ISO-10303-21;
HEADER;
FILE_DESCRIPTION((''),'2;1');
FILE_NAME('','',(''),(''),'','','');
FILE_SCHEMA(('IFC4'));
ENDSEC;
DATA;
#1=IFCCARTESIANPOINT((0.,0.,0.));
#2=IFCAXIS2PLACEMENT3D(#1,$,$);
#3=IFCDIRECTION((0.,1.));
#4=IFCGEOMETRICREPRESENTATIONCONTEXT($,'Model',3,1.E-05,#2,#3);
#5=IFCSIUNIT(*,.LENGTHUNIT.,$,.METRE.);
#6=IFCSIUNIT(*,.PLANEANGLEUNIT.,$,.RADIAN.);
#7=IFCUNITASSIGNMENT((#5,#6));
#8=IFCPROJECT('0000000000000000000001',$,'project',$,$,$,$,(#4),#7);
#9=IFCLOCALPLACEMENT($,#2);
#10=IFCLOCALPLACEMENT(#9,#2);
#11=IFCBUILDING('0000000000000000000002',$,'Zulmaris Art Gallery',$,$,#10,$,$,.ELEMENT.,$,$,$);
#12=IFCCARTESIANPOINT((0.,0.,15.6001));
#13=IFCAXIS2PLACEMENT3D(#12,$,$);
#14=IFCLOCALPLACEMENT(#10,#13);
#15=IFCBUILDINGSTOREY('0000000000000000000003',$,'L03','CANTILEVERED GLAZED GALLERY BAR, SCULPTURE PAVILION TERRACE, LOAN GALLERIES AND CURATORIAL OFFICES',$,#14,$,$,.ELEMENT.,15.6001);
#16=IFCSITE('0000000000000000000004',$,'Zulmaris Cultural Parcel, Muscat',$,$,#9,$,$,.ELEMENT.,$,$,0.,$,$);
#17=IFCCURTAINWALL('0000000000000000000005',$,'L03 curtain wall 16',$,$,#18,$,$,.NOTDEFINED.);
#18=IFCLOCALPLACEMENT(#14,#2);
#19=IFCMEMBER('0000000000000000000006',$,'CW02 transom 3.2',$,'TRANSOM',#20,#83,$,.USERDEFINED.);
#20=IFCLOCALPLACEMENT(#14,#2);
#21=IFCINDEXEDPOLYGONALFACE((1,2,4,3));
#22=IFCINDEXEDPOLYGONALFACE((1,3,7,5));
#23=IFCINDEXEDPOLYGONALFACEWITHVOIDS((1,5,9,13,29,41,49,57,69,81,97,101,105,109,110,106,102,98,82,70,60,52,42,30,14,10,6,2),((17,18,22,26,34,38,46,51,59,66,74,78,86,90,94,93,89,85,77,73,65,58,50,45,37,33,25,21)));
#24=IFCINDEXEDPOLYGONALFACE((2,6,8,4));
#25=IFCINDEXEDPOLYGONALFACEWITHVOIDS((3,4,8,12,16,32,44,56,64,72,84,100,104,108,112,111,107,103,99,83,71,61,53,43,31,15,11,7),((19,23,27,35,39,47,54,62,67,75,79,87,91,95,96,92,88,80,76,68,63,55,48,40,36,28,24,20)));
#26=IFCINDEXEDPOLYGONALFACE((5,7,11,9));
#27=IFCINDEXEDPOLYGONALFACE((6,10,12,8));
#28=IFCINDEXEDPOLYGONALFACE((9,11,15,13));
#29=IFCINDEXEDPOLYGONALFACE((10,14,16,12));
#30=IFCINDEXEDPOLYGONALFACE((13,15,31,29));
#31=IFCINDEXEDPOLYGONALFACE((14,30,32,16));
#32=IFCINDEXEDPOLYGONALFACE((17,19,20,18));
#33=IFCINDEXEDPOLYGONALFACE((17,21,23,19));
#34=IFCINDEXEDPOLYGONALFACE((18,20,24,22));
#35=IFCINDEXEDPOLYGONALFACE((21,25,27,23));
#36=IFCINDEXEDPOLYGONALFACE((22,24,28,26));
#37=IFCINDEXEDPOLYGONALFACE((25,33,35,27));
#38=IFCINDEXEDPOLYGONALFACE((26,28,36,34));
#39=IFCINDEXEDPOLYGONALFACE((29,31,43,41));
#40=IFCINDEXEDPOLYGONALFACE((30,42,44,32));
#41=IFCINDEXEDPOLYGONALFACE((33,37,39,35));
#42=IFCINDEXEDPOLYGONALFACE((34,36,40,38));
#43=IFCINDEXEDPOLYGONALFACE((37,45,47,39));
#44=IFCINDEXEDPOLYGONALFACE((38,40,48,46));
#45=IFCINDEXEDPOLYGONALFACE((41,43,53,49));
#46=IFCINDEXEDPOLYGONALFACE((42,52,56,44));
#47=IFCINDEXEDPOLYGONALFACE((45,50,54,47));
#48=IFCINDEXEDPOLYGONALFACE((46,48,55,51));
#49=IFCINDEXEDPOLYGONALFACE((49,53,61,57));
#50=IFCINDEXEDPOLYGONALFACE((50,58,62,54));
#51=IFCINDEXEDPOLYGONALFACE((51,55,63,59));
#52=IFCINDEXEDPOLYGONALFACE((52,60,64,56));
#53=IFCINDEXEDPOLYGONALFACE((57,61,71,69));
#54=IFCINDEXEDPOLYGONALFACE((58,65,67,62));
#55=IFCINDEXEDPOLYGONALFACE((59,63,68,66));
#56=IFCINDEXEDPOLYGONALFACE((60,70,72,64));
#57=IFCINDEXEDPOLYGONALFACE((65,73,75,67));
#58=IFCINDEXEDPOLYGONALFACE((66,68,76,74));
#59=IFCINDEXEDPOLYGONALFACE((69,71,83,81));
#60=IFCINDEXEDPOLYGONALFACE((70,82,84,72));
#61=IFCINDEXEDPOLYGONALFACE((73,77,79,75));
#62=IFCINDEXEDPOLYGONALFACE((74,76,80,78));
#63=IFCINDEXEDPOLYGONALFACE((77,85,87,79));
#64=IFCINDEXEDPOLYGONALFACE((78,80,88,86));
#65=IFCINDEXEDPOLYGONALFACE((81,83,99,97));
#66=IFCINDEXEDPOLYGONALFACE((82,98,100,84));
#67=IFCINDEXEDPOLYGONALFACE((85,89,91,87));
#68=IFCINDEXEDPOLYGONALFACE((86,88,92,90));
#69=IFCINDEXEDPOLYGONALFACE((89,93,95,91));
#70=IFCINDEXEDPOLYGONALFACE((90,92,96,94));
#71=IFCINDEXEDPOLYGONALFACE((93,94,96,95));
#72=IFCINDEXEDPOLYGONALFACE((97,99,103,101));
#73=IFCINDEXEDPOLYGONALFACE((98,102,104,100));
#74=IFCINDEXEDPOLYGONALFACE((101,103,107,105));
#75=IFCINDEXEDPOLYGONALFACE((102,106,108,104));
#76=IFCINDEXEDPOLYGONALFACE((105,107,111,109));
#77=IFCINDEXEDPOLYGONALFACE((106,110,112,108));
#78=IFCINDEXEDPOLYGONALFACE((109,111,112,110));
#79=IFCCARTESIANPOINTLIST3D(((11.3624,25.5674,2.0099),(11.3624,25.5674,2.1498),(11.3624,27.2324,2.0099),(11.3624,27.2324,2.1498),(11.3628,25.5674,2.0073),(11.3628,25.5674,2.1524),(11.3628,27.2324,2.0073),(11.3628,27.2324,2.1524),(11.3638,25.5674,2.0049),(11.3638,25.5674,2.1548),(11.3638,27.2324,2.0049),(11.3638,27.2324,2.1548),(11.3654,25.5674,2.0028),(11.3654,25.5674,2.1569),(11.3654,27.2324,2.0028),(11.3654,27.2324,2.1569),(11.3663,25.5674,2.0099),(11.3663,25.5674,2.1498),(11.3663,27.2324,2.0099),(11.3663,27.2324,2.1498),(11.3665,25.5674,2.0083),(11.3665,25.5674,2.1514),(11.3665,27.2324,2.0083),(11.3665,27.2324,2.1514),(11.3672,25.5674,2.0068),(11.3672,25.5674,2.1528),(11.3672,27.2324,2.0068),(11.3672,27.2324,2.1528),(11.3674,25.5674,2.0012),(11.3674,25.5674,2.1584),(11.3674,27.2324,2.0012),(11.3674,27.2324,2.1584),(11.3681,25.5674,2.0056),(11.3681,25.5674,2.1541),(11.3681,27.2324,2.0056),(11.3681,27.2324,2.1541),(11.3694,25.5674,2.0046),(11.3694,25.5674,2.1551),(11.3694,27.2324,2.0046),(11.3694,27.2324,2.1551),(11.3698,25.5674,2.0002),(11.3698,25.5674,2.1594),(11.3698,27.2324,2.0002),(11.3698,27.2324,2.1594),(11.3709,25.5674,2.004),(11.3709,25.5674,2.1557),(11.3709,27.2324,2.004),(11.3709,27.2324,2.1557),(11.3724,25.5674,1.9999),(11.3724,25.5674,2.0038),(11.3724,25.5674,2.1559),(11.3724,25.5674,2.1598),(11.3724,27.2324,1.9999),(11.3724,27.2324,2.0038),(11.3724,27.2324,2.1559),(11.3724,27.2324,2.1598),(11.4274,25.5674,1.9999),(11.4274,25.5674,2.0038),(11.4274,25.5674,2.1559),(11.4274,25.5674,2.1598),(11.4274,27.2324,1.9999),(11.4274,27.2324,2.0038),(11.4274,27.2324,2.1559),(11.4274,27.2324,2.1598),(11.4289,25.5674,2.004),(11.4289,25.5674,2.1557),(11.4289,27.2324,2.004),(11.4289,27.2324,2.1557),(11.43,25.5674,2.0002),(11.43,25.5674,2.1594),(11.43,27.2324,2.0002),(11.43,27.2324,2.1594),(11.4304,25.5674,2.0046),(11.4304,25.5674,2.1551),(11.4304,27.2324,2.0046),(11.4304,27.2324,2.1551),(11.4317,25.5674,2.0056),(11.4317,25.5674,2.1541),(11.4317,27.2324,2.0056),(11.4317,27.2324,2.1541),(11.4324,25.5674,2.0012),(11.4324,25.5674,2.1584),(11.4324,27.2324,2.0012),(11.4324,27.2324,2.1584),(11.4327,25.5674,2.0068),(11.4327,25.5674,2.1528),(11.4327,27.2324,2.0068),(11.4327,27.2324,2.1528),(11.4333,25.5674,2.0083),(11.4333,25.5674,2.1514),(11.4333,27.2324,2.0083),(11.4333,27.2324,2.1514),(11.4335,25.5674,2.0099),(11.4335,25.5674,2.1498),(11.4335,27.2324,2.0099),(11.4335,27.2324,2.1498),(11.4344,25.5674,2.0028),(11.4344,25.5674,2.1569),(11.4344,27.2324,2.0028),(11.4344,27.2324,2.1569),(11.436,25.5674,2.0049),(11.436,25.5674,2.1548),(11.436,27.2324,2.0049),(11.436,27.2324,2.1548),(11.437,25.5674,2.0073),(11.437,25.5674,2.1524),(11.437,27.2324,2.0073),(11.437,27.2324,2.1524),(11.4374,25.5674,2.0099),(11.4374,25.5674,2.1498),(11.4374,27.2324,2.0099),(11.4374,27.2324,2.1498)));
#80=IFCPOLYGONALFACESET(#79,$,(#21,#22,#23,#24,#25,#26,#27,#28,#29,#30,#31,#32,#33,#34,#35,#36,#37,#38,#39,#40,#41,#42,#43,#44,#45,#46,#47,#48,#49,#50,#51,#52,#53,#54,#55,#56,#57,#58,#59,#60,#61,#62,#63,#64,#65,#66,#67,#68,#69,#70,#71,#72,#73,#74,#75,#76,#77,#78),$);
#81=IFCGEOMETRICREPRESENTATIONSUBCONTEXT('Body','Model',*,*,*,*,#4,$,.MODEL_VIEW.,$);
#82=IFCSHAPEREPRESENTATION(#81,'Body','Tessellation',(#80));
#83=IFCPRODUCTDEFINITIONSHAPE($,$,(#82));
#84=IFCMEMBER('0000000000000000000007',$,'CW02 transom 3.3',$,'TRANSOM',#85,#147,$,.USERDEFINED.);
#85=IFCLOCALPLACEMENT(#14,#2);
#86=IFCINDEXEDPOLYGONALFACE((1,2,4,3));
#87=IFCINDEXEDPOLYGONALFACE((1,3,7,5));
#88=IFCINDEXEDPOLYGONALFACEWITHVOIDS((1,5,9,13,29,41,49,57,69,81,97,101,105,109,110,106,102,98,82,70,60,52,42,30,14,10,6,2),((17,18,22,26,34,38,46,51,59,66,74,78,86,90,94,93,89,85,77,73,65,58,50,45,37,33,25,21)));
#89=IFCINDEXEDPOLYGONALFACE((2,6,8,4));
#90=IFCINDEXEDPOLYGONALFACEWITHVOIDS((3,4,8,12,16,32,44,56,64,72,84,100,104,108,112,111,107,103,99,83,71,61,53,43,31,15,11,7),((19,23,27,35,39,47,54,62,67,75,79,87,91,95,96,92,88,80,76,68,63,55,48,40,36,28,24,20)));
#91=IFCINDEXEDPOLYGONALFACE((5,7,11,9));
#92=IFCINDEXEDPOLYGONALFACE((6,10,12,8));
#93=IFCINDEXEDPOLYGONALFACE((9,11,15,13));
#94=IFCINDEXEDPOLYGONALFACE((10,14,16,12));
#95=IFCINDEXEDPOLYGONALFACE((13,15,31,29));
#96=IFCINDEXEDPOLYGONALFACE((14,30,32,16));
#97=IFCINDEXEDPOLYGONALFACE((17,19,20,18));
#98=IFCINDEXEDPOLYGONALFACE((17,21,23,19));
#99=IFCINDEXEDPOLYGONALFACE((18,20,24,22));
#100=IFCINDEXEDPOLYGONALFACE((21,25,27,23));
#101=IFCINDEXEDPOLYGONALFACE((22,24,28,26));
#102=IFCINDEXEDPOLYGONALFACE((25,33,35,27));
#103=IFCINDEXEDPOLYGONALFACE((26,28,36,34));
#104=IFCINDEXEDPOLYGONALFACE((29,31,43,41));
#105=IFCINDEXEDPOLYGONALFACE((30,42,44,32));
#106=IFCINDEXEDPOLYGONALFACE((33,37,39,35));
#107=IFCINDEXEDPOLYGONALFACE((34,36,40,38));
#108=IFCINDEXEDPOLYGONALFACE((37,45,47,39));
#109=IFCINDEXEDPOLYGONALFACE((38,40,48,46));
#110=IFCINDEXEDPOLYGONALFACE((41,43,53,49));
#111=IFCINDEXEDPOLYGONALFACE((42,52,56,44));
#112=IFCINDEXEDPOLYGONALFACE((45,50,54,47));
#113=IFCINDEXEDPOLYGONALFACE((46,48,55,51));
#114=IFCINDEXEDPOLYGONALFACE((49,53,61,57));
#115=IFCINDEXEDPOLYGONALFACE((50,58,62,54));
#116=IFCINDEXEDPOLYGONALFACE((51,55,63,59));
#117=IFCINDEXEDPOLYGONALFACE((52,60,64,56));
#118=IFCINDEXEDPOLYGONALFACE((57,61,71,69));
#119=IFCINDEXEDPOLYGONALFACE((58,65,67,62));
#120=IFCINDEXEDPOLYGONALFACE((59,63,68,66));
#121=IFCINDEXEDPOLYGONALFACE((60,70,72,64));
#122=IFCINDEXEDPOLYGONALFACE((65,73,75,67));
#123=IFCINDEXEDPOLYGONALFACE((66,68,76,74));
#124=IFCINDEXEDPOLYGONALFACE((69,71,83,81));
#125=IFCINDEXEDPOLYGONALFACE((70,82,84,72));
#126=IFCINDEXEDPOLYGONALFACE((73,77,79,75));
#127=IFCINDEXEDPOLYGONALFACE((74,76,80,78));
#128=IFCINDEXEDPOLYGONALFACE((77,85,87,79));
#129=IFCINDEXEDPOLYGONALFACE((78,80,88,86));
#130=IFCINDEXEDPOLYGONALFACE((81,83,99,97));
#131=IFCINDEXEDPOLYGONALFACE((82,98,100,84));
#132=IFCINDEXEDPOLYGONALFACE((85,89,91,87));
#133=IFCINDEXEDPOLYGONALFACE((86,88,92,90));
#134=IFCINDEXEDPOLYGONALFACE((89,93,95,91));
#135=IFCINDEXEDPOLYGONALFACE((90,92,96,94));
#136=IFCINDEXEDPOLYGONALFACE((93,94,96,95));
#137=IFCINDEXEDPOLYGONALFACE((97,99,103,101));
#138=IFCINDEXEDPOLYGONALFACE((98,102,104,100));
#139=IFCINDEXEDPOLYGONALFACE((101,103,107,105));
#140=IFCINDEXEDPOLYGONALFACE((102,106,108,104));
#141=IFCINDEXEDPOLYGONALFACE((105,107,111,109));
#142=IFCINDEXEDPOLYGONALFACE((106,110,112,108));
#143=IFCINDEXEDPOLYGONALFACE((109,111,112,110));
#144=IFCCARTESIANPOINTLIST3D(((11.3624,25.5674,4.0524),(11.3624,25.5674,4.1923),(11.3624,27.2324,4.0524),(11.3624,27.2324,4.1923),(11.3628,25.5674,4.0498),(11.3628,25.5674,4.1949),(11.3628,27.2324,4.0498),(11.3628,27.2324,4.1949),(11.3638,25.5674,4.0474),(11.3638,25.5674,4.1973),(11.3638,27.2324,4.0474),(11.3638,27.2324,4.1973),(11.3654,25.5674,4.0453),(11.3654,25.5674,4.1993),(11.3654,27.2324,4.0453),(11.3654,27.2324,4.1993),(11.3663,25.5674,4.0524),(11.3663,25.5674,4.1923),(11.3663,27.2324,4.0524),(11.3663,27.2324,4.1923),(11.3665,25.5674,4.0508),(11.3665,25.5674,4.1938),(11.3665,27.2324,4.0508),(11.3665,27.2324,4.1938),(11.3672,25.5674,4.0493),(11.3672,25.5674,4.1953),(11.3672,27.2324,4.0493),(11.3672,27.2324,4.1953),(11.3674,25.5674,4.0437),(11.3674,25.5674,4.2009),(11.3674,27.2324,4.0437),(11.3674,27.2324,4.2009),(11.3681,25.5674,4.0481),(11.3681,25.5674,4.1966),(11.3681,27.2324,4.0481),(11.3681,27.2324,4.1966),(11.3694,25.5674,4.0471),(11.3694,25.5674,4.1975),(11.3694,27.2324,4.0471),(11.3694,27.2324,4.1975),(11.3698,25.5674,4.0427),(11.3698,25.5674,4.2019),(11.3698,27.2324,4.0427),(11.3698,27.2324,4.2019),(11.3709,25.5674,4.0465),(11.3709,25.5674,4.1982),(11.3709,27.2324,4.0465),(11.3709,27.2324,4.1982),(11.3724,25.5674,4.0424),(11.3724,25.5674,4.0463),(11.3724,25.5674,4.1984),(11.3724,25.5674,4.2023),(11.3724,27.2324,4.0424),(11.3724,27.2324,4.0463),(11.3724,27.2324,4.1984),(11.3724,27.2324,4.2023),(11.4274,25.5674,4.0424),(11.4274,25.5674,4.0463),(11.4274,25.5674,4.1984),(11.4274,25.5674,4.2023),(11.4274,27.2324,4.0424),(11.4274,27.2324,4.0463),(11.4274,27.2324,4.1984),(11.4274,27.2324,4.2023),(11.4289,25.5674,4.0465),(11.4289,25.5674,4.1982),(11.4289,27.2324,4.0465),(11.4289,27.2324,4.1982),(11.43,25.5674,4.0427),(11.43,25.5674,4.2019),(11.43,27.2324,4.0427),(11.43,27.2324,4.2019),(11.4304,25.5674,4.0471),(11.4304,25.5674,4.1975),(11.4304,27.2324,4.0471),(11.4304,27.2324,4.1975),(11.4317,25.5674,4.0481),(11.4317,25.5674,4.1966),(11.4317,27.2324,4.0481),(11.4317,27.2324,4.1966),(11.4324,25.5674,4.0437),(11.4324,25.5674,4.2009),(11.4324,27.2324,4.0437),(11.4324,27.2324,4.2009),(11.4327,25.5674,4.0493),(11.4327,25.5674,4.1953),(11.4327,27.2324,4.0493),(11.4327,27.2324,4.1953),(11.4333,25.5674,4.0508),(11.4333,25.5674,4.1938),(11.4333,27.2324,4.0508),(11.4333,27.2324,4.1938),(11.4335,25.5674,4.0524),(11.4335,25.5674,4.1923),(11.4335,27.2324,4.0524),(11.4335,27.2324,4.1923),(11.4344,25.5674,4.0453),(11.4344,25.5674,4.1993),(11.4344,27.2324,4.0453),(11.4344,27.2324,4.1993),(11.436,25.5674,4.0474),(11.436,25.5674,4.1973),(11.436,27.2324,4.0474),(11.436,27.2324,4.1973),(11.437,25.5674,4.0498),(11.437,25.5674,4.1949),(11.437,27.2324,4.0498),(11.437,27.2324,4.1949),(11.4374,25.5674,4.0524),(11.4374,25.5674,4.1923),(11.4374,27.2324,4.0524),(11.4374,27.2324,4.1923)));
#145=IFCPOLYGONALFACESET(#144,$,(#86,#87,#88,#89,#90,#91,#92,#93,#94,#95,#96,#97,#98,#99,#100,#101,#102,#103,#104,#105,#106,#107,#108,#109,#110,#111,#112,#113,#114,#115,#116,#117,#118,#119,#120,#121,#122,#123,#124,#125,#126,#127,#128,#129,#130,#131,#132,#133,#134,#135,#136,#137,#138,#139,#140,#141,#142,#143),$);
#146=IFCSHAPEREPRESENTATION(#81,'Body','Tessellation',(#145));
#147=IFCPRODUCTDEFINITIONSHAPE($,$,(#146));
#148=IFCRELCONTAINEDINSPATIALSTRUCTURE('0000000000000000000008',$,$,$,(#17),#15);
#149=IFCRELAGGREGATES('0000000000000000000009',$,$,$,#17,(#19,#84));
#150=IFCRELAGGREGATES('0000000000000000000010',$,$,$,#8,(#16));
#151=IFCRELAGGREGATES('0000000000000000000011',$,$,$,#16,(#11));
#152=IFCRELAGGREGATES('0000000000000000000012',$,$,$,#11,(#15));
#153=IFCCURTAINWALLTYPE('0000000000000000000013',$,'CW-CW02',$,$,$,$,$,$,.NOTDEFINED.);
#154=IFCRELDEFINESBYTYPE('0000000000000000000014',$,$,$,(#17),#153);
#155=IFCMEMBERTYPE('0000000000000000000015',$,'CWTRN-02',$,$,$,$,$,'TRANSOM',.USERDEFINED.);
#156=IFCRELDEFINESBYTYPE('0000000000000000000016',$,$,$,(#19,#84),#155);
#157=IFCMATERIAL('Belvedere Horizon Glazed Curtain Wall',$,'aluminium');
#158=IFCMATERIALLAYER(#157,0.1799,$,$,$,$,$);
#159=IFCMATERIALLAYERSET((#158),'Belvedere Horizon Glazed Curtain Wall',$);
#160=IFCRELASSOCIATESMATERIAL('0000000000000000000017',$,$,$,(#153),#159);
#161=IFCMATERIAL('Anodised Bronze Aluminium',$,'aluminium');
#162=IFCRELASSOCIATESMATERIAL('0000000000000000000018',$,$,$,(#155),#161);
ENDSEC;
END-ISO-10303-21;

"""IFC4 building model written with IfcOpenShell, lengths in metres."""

from ifc_helpers import new_model, si_unit, direction, frame, origin, origin_2d, place, context, subcontext, project, spatial, hollow_rectangle, extrude, material, layer, layer_set, material_profile, profile_set, type_object, element, aggregate, save


model = new_model("IFC4")

# Units and contexts
model_context = context("Model", 3, precision=1e-05, world=origin(), true_north=direction((0.0, 1.0)))
body_context = subcontext(model_context, "Body", "Model", "MODEL_VIEW")
ifc_project = project(units=[si_unit("LENGTHUNIT", "METRE"), si_unit("PLANEANGLEUNIT", "RADIAN")], contexts=[model_context])

# Site, building, storey
site_placement = place(None, origin())
site = spatial("IfcSite", under=ifc_project, at=site_placement, Name="Zulmaris Cultural Parcel, Muscat", CompositionType="ELEMENT", RefElevation=0.0)
building_placement = place(site_placement, origin())
building = spatial("IfcBuilding", under=site, at=building_placement, Name="Zulmaris Art Gallery", CompositionType="ELEMENT")
storey_placement = place(building_placement, frame((0.0, 0.0, 15.6001)))
storey = spatial("IfcBuildingStorey", under=building, at=storey_placement, Name="L03", Description="CANTILEVERED GLAZED GALLERY BAR, SCULPTURE PAVILION TERRACE, LOAN GALLERIES AND CURATORIAL OFFICES", CompositionType="ELEMENT", Elevation=15.6001)

# Curtain wall
ifc_material_1 = material(Name="Belvedere Horizon Glazed Curtain Wall", Category="aluminium")
ifc_layer_1 = layer(ifc_material_1, 0.1799)
ifc_layer_set_1 = layer_set([ifc_layer_1], Name="Belvedere Horizon Glazed Curtain Wall")
curtain_wall_type_1 = type_object("IfcCurtainWallType", Name="CW-CW02", PredefinedType="NOTDEFINED", material=ifc_layer_set_1)
curtain_wall_1_placement = place(storey_placement, origin())
curtain_wall_1 = element("IfcCurtainWall", 1, at=curtain_wall_1_placement, inside=storey, type_object=curtain_wall_type_1, Name="L03 curtain wall 16", PredefinedType="NOTDEFINED")
ifc_material_2 = material(Name="Anodised Bronze Aluminium", Category="aluminium")

# Members
ifc_material_profile_1 = material_profile(ifc_material_2, hollow_rectangle(XDim=0.075, YDim=0.1599, WallThickness=0.0039, InnerFilletRadius=0.0061, OuterFilletRadius=0.01, at=origin_2d()), Name="ALU 75x160x4")
ifc_profile_set_1 = profile_set([ifc_material_profile_1], Name="Anodised Bronze Aluminium")
member_type_1 = type_object("IfcMemberType", Name="CWTRN-02", ElementType="TRANSOM", PredefinedType="USERDEFINED", material=ifc_profile_set_1)
member_1_placement = place(storey_placement, frame((11.3999, 25.5674, 2.0798), z_axis=(0.0, 1.0, 0.0), x_axis=(-1.0, 0.0, 0.0)))
member_1 = element("IfcMember", 2, at=member_1_placement, type_object=member_type_1, Name="CW02 transom 3.2", ObjectType="TRANSOM", PredefinedType="USERDEFINED", context=body_context, shape_type="SweptSolid", body=[
    extrude(hollow_rectangle(XDim=0.075, YDim=0.1599, WallThickness=0.0039, InnerFilletRadius=0.0061, OuterFilletRadius=0.01, at=origin_2d()), origin(), (0.0, 0.0, 1.0), 1.665),
])
member_2_placement = place(storey_placement, frame((11.3999, 25.5674, 4.1223), z_axis=(0.0, 1.0, 0.0), x_axis=(-1.0, 0.0, 0.0)))
member_2 = element("IfcMember", 3, at=member_2_placement, type_object=member_type_1, Name="CW02 transom 3.3", ObjectType="TRANSOM", PredefinedType="USERDEFINED", context=body_context, shape_type="SweptSolid", body=[
    extrude(hollow_rectangle(XDim=0.075, YDim=0.1599, WallThickness=0.0039, InnerFilletRadius=0.0061, OuterFilletRadius=0.01, at=origin_2d()), origin(), (0.0, 0.0, 1.0), 1.665),
])

aggregate(curtain_wall_1, [member_1, member_2])

save(model, "model.ifc")
